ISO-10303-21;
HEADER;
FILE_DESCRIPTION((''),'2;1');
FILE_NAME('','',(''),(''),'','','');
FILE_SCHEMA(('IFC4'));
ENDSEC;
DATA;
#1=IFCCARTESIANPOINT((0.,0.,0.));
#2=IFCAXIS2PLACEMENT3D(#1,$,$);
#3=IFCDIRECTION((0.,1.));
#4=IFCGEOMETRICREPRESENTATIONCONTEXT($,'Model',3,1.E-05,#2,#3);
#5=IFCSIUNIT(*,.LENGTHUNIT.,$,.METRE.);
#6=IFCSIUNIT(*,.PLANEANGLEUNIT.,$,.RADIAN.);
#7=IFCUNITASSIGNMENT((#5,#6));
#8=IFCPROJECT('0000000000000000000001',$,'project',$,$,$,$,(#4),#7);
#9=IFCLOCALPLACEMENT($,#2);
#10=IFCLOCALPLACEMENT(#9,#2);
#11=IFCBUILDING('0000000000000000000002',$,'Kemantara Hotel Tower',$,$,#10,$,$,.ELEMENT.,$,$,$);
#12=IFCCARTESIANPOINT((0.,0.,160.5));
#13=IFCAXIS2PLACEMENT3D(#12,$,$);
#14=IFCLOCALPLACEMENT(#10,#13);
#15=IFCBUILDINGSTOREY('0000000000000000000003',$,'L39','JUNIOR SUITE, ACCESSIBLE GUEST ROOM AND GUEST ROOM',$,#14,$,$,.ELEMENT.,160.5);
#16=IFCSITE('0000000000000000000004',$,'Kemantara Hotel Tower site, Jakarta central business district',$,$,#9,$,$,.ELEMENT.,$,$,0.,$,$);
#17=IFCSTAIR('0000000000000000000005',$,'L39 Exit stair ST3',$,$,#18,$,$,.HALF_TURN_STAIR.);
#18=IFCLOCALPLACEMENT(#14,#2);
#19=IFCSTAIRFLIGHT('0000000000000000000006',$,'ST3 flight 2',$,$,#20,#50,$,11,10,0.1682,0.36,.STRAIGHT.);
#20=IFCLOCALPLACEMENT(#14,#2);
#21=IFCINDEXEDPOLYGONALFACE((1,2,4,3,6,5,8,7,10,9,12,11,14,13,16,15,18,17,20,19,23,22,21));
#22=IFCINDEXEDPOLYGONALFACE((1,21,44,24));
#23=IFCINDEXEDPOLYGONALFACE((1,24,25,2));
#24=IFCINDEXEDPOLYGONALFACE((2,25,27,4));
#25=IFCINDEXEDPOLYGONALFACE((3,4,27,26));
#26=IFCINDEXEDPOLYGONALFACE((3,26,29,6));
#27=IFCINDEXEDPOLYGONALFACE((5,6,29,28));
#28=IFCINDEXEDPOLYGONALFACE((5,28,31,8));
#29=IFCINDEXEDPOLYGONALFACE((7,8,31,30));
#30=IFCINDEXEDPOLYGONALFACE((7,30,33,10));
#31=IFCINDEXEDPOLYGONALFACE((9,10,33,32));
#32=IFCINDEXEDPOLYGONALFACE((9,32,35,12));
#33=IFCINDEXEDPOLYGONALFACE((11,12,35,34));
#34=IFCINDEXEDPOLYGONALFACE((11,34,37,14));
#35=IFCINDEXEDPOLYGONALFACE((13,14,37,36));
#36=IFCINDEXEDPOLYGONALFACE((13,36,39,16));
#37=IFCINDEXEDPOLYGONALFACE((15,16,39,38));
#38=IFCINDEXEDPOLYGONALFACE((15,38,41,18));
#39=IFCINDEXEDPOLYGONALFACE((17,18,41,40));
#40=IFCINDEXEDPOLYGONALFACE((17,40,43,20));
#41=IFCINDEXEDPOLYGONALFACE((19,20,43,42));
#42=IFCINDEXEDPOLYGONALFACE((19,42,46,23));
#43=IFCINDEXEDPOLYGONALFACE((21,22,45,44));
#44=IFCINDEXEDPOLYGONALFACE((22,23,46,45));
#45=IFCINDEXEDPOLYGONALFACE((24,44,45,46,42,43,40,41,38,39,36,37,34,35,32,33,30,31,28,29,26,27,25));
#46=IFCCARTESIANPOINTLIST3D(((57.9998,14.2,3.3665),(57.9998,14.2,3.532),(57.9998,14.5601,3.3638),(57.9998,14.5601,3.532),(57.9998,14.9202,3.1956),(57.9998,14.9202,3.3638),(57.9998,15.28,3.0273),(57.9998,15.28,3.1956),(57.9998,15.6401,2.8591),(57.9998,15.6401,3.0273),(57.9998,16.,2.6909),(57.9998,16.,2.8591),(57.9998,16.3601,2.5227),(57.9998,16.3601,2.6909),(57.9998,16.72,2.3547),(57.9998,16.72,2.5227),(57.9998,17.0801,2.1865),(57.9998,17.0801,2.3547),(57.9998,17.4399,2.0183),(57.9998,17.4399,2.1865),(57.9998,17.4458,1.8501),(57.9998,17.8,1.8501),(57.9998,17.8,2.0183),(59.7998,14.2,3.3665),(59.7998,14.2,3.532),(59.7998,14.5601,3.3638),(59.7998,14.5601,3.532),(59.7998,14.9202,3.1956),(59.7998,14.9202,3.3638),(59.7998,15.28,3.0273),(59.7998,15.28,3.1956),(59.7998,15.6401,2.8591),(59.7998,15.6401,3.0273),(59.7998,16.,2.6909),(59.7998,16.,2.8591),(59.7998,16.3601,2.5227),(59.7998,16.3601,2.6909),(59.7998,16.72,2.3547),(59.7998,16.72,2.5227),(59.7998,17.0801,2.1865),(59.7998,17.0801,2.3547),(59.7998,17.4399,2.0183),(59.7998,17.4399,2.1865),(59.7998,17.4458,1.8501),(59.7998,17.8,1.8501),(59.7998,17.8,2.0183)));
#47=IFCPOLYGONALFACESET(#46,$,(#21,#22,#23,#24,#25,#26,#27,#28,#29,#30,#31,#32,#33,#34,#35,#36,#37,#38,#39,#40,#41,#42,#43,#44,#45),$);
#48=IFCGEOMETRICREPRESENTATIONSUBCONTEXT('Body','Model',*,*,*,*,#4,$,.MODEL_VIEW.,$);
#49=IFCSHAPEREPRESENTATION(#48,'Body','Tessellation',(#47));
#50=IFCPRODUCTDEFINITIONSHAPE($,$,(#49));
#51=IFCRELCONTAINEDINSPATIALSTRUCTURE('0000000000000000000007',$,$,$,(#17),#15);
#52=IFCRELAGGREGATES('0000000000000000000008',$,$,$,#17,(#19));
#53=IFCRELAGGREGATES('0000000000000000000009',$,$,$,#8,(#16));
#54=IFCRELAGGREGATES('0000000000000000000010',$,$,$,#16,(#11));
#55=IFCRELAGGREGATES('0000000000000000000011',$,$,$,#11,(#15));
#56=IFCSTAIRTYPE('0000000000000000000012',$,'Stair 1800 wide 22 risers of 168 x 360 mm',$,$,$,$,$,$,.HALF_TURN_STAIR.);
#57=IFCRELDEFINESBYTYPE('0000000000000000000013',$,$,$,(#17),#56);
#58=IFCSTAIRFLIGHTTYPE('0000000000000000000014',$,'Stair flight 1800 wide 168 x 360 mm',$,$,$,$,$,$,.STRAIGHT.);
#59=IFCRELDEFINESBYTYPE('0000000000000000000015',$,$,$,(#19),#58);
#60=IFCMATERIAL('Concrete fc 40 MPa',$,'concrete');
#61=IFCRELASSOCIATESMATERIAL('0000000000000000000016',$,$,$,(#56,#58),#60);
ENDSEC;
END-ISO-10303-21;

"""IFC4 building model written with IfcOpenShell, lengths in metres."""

from ifc_helpers import new_model, si_unit, direction, frame, origin, place, context, subcontext, project, spatial, polyline, outline, extrude, material, type_object, element, aggregate, save


model = new_model("IFC4")

# Units and contexts
model_context = context("Model", 3, precision=1e-05, world=origin(), true_north=direction((0.0, 1.0)))
body_context = subcontext(model_context, "Body", "Model", "MODEL_VIEW")
ifc_project = project(units=[si_unit("LENGTHUNIT", "METRE"), si_unit("PLANEANGLEUNIT", "RADIAN")], contexts=[model_context])

# Site, building, storey
site_placement = place(None, origin())
site = spatial("IfcSite", under=ifc_project, at=site_placement, Name="Kemantara Hotel Tower site, Jakarta central business district", CompositionType="ELEMENT", RefElevation=0.0)
building_placement = place(site_placement, origin())
building = spatial("IfcBuilding", under=site, at=building_placement, Name="Kemantara Hotel Tower", CompositionType="ELEMENT")
storey_placement = place(building_placement, frame((0.0, 0.0, 160.5)))
storey = spatial("IfcBuildingStorey", under=building, at=storey_placement, Name="L39", Description="JUNIOR SUITE, ACCESSIBLE GUEST ROOM AND GUEST ROOM", CompositionType="ELEMENT", Elevation=160.5)

# Shared definitions
ifc_material_1 = material(Name="Concrete fc 40 MPa", Category="concrete")

# Stair, stair flight
stair_type = type_object("IfcStairType", Name="Stair 1800 wide 22 risers of 168 x 360 mm", PredefinedType="HALF_TURN_STAIR", material=ifc_material_1)
stair_placement = place(storey_placement, origin())
stair = element("IfcStair", 1, at=stair_placement, inside=storey, type_object=stair_type, Name="L39 Exit stair ST3", PredefinedType="HALF_TURN_STAIR")
stair_flight_type = type_object("IfcStairFlightType", Name="Stair flight 1800 wide 168 x 360 mm", PredefinedType="STRAIGHT", material=ifc_material_1)
stair_flight_1_placement = place(storey_placement, frame((58.8999, 17.8, 1.8501), z_axis=(0.0, 0.0, 1.0), x_axis=(0.0, -1.0, 0.0)))
stair_flight_1 = element("IfcStairFlight", 2, at=stair_flight_1_placement, type_object=stair_flight_type, Name="ST3 flight 2", NumberOfRisers=11, NumberOfTreads=10, PredefinedType="STRAIGHT", RiserHeight=0.1682, TreadLength=0.36, context=body_context, shape_type="SweptSolid", body=[
    extrude(outline(polyline([(0.0, 0.0), (0.0, 0.1682), (0.3601, 0.1682), (0.3601, 0.3364), (0.72, 0.3364), (0.72, 0.5046), (1.0801, 0.5046), (1.0801, 0.6726), (1.4399, 0.6726), (1.4399, 0.8408), (1.8, 0.8408), (1.8, 1.009), (2.1599, 1.009), (2.1599, 1.1772), (2.52, 1.1772), (2.52, 1.3455), (2.8799, 1.3455), (2.8799, 1.5137), (3.24, 1.5137), (3.24, 1.6819), (3.6001, 1.6819), (3.6001, 1.8501), (3.6001, 1.5164), (0.3542, 0.0), (0.0, 0.0)])), frame((0.0, 0.8999, 0.0), z_axis=(0.0, -1.0, 0.0), x_axis=(1.0, 0.0, 0.0)), (0.0, 0.0, 1.0), 1.8),
])
aggregate(stair, [stair_flight_1])

save(model, "model.ifc")
